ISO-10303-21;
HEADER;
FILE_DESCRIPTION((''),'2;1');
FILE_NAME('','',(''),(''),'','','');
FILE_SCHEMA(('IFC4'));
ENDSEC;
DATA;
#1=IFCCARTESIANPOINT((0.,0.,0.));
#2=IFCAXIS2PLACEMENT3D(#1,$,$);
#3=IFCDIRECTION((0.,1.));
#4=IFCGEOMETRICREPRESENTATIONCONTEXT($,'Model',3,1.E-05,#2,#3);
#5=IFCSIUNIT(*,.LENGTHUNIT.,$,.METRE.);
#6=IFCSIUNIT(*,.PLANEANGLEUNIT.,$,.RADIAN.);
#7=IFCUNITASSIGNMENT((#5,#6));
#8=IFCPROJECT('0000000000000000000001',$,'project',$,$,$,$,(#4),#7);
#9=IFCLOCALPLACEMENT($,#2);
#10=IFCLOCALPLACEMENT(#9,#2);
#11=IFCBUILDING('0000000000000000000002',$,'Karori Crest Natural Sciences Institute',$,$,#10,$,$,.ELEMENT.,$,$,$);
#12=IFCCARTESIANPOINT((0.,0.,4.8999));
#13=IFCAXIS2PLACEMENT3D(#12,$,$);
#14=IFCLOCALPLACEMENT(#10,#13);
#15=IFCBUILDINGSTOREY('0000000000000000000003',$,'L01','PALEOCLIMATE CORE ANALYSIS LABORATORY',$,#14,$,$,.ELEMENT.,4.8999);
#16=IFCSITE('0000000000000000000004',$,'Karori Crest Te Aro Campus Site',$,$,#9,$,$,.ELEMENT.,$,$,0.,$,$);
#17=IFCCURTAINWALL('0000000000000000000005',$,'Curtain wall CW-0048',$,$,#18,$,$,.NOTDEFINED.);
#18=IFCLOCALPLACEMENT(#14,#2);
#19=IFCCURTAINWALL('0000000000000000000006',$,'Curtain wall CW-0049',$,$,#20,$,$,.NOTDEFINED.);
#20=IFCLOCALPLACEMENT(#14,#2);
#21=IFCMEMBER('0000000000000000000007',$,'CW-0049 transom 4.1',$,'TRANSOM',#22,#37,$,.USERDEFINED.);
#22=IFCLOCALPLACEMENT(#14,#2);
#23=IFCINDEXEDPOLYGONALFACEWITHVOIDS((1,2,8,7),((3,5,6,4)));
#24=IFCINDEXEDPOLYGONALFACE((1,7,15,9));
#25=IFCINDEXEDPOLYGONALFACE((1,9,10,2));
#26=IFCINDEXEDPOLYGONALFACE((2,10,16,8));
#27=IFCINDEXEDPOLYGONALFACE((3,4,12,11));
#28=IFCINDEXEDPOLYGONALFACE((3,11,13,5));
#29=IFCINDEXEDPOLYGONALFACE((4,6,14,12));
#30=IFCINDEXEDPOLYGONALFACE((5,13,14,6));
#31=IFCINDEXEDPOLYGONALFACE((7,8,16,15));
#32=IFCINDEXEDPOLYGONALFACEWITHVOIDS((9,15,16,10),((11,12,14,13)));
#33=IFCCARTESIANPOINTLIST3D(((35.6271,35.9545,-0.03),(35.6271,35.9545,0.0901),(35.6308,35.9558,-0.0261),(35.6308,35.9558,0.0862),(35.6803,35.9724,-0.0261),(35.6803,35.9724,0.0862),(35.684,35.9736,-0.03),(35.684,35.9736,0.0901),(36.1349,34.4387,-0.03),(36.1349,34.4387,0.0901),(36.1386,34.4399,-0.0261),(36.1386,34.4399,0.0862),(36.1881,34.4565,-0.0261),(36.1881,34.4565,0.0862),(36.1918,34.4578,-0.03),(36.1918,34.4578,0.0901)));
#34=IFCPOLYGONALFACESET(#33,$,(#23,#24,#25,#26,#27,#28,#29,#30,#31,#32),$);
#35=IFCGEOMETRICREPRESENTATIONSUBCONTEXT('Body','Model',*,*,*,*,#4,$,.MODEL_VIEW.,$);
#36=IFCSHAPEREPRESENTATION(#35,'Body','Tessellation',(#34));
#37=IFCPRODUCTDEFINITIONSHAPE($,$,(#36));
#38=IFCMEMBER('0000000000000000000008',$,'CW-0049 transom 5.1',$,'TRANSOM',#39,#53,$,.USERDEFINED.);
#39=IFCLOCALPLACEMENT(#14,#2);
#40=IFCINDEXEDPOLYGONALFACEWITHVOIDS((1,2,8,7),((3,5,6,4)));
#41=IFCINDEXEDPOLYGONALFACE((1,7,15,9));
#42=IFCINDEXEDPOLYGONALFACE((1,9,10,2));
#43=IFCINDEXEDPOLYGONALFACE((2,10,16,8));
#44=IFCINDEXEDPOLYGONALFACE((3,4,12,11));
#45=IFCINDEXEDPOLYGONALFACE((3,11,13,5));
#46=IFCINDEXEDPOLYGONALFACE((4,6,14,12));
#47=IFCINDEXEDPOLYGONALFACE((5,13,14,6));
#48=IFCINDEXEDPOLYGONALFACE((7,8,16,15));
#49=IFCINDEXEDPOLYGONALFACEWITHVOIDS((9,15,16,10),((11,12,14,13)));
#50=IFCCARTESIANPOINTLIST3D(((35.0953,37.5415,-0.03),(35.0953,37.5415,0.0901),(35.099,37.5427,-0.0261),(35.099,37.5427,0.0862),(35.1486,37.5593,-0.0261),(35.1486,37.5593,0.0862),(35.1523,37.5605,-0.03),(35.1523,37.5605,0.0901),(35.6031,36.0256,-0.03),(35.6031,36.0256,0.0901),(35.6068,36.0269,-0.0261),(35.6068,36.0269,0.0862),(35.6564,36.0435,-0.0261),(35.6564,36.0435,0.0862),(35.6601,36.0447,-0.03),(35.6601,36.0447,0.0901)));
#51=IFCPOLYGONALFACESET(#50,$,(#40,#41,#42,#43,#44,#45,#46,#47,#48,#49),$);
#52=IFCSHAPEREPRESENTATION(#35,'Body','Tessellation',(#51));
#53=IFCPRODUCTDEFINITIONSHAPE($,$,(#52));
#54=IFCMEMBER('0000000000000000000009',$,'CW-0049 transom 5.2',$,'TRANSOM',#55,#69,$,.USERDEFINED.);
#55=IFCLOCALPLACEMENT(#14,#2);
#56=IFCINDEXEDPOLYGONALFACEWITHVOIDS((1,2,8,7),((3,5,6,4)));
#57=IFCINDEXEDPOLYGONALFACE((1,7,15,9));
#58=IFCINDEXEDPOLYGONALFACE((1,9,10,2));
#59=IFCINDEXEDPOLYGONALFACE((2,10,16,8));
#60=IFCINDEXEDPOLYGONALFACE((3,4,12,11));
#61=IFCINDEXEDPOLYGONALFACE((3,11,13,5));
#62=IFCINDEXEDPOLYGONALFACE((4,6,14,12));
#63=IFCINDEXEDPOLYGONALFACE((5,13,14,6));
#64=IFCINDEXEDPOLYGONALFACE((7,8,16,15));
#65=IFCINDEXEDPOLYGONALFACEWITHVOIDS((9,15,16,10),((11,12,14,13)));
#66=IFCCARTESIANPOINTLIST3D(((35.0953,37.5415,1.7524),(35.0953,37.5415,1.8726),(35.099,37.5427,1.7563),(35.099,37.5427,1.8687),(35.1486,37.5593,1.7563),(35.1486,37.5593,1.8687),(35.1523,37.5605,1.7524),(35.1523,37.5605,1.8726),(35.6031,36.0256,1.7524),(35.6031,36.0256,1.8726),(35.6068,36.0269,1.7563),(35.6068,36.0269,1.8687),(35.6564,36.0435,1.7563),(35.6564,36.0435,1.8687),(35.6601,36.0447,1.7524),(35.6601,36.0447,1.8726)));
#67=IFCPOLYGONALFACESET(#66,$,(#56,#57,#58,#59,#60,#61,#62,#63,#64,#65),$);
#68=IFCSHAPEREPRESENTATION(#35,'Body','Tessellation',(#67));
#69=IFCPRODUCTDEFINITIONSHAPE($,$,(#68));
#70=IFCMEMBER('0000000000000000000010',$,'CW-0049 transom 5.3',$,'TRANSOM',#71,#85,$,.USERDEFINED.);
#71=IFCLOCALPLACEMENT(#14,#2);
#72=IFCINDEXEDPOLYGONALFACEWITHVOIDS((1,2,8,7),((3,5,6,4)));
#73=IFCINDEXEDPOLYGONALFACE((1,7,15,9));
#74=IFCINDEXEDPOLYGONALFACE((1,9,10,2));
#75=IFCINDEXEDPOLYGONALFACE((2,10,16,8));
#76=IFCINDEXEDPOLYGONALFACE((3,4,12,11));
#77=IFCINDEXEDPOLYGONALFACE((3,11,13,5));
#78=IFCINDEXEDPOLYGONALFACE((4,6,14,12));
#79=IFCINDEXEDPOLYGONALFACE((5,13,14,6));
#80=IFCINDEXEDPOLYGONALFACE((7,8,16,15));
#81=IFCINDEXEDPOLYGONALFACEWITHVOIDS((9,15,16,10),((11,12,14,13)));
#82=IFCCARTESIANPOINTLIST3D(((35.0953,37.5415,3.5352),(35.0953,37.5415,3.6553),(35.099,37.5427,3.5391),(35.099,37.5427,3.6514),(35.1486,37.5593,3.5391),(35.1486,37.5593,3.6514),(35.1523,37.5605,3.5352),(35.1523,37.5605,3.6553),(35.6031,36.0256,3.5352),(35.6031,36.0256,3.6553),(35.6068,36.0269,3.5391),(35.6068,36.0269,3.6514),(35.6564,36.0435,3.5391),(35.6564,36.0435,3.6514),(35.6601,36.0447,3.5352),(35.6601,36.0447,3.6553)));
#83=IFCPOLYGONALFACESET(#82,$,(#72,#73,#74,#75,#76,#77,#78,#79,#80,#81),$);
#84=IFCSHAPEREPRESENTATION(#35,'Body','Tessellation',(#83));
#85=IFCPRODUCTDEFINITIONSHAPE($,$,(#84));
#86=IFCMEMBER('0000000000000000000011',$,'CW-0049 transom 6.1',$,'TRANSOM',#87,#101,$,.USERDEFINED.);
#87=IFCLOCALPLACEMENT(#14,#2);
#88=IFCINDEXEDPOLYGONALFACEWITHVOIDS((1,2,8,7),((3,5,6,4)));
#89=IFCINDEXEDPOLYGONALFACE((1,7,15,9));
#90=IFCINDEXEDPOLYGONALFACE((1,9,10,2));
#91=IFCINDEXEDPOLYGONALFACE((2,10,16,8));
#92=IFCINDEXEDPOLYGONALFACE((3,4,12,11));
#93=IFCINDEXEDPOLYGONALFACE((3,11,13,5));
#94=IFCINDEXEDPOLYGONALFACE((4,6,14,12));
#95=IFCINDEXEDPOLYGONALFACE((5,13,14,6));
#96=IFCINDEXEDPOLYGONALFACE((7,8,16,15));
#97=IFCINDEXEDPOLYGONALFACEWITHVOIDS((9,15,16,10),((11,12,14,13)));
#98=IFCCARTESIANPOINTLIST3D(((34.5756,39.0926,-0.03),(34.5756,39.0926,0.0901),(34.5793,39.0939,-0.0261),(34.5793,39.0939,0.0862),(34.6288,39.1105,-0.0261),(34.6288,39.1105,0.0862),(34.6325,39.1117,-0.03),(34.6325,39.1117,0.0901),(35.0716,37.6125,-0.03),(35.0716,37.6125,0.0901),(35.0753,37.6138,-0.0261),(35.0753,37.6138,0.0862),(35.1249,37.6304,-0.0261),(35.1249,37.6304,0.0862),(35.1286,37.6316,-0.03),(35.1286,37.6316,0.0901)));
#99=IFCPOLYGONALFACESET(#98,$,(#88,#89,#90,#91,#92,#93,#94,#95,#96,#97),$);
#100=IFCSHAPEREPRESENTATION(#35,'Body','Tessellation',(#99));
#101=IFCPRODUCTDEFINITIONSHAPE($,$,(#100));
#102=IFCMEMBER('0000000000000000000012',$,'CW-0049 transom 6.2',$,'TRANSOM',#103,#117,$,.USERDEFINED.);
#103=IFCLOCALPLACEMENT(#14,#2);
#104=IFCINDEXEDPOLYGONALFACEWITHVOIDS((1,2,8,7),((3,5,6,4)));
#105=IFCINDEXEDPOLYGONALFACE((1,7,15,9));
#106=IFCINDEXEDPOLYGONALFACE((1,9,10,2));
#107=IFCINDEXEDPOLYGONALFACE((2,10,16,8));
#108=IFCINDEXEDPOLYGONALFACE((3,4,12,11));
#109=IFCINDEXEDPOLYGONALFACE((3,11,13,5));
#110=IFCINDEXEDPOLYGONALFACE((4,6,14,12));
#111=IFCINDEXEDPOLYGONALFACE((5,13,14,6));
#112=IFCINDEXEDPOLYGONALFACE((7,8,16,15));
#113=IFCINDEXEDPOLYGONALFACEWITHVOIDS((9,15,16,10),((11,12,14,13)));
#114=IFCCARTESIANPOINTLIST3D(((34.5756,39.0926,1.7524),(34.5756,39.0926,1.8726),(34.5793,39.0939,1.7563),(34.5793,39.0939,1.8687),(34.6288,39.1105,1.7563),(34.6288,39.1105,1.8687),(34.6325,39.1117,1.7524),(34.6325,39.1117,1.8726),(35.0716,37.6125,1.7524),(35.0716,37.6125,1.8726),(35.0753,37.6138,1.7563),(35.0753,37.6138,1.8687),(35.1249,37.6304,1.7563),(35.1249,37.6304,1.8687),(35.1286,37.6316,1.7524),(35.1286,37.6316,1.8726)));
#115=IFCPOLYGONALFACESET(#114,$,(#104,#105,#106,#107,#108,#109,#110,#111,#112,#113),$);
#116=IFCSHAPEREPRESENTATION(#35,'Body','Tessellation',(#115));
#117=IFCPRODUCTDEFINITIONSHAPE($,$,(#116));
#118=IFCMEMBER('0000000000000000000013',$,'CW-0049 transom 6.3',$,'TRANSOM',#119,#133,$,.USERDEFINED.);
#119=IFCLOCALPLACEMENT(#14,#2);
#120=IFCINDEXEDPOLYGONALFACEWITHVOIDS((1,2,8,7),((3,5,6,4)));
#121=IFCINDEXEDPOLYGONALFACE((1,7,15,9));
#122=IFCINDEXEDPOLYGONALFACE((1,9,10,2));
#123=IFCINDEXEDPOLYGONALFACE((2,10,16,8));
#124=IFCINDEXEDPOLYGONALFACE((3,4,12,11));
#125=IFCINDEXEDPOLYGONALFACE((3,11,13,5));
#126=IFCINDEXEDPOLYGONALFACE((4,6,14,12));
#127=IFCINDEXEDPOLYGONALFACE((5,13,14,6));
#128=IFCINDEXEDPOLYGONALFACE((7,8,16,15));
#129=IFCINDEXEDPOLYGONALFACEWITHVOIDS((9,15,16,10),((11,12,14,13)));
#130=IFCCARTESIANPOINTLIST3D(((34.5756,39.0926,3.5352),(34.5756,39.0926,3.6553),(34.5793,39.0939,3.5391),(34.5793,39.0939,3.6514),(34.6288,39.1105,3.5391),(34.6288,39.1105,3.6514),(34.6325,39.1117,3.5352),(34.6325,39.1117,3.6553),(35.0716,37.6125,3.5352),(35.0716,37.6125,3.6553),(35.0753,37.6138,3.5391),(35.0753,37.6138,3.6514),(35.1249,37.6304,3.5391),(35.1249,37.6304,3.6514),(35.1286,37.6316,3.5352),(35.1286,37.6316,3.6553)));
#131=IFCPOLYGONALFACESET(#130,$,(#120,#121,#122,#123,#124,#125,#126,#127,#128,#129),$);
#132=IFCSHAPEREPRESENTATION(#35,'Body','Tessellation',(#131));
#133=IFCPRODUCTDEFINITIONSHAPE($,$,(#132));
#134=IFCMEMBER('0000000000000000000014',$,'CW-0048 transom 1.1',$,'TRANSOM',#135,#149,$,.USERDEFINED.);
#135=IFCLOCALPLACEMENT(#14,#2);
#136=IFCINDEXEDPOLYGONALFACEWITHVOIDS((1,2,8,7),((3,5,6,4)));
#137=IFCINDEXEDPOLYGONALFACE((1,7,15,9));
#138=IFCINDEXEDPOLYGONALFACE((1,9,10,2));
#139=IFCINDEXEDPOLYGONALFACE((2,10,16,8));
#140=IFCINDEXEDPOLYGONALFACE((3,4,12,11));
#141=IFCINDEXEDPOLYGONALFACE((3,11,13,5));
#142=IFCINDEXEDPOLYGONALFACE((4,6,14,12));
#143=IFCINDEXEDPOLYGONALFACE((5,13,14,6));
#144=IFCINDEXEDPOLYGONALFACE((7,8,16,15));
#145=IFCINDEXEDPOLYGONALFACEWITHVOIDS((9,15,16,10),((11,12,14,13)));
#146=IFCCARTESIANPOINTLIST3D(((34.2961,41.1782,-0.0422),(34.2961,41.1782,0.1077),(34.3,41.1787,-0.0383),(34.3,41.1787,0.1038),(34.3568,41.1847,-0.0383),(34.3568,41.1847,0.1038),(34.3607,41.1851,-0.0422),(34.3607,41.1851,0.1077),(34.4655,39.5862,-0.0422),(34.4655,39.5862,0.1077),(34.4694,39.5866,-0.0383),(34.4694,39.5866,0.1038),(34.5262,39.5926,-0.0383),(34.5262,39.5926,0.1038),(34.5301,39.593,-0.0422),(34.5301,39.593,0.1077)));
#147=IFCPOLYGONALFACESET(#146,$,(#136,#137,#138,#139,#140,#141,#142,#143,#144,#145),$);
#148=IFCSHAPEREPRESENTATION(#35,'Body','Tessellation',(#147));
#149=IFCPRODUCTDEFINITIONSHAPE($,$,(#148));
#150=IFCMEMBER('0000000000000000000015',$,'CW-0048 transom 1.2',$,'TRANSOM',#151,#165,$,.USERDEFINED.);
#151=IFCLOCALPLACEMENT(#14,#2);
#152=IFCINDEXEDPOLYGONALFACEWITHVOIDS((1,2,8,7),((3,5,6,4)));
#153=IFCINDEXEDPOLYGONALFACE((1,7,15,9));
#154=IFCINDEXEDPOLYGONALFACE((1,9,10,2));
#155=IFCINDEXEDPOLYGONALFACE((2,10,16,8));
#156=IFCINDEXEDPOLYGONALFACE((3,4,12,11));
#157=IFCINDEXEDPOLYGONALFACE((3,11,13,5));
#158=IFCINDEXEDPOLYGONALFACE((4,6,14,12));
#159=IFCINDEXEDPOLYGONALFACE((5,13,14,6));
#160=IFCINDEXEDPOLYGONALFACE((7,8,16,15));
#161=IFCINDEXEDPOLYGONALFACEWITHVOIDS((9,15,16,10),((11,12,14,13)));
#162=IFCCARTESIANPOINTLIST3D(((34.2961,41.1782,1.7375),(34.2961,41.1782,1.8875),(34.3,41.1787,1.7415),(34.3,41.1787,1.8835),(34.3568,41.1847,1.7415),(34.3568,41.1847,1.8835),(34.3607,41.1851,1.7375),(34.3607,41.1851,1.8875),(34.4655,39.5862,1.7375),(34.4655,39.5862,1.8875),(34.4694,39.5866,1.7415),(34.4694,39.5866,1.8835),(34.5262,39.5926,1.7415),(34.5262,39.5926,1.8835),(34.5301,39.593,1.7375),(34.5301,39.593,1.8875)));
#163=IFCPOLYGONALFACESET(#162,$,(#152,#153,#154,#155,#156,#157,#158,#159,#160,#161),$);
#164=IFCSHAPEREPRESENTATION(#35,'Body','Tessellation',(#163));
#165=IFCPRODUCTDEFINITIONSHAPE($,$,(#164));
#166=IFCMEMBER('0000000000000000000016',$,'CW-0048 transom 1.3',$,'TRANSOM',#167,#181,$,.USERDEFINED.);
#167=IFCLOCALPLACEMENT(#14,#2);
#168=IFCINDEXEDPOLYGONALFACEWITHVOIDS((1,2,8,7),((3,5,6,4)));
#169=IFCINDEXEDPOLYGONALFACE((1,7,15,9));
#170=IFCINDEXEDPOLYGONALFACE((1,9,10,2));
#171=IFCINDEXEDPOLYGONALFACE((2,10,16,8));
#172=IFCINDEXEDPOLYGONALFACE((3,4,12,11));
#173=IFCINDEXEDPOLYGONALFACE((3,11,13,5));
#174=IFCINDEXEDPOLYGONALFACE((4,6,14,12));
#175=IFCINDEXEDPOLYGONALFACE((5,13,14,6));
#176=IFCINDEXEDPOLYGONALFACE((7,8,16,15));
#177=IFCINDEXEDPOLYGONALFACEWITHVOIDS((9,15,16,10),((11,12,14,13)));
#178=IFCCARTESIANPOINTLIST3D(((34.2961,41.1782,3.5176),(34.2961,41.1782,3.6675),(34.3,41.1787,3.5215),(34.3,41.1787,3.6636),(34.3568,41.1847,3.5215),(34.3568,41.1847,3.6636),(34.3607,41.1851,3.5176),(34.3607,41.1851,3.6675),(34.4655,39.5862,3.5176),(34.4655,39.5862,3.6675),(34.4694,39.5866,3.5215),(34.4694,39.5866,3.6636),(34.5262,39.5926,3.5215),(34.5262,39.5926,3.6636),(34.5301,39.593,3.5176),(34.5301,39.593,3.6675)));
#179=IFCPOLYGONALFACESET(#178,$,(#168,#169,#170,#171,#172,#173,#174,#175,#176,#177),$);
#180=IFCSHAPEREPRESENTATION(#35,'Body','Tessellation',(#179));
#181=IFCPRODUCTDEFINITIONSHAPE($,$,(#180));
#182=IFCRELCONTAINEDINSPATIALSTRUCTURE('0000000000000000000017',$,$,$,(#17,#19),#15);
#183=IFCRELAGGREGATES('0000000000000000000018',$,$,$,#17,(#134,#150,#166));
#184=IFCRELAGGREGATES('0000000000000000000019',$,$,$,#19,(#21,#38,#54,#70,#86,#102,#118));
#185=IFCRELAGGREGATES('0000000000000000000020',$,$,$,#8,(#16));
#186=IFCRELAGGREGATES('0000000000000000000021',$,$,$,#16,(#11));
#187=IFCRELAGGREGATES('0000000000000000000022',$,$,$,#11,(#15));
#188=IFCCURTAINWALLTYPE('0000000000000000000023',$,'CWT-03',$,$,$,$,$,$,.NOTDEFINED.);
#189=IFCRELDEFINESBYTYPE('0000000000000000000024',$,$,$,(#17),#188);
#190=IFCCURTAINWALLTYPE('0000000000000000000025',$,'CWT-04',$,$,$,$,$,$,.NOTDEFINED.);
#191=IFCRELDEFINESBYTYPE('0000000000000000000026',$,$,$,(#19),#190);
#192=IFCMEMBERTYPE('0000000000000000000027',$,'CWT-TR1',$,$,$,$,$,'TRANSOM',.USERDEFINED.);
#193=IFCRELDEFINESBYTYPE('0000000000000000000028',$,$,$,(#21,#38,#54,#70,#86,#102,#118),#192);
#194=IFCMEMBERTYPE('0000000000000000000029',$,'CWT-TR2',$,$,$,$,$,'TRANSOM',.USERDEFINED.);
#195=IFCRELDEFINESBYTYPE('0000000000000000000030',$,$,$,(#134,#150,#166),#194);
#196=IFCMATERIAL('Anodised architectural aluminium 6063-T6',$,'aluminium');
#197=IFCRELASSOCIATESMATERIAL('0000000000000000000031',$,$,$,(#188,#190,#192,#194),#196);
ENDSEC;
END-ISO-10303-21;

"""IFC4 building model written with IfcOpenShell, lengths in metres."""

from ifc_helpers import new_model, si_unit, direction, frame, origin, origin_2d, place, context, subcontext, project, spatial, hollow_rectangle, extrude, material, material_profile, profile_set, type_object, element, aggregate, save


model = new_model("IFC4")

# Units and contexts
model_context = context("Model", 3, precision=1e-05, world=origin(), true_north=direction((0.0, 1.0)))
body_context = subcontext(model_context, "Body", "Model", "MODEL_VIEW")
ifc_project = project(units=[si_unit("LENGTHUNIT", "METRE"), si_unit("PLANEANGLEUNIT", "RADIAN")], contexts=[model_context])

# Site, building, storey
site_placement = place(None, origin())
site = spatial("IfcSite", under=ifc_project, at=site_placement, Name="Karori Crest Te Aro Campus Site", CompositionType="ELEMENT", RefElevation=0.0)
building_placement = place(site_placement, origin())
building = spatial("IfcBuilding", under=site, at=building_placement, Name="Karori Crest Natural Sciences Institute", CompositionType="ELEMENT")
storey_placement = place(building_placement, frame((0.0, 0.0, 4.8999)))
storey = spatial("IfcBuildingStorey", under=building, at=storey_placement, Name="L01", Description="PALEOCLIMATE CORE ANALYSIS LABORATORY", CompositionType="ELEMENT", Elevation=4.8999)

# Curtain walls, members
ifc_material_1 = material(Name="Anodised architectural aluminium 6063-T6", Category="aluminium")
curtain_wall_type_1 = type_object("IfcCurtainWallType", Name="CWT-03", PredefinedType="NOTDEFINED", material=ifc_material_1)
curtain_wall_1_placement = place(storey_placement, origin())
curtain_wall_1 = element("IfcCurtainWall", 1, at=curtain_wall_1_placement, inside=storey, type_object=curtain_wall_type_1, Name="Curtain wall CW-0048", PredefinedType="NOTDEFINED")
curtain_wall_type_2 = type_object("IfcCurtainWallType", Name="CWT-04", PredefinedType="NOTDEFINED", material=ifc_material_1)
curtain_wall_2_placement = place(storey_placement, origin())
curtain_wall_2 = element("IfcCurtainWall", 2, at=curtain_wall_2_placement, inside=storey, type_object=curtain_wall_type_2, Name="Curtain wall CW-0049", PredefinedType="NOTDEFINED")
ifc_material_profile_1 = material_profile(ifc_material_1, hollow_rectangle(XDim=0.0601, YDim=0.1201, WallThickness=0.0039, at=origin_2d()), Name="CWT120x60x4")
ifc_profile_set_1 = profile_set([ifc_material_profile_1], Name="Anodised architectural aluminium 6063-T6")
member_type_1 = type_object("IfcMemberType", Name="CWT-TR1", ElementType="TRANSOM", PredefinedType="USERDEFINED", material=ifc_profile_set_1)
member_1_placement = place(storey_placement, frame((36.1633, 34.4482, 0.03), z_axis=(-0.317648, 0.948209, 0.0), x_axis=(-0.948209, -0.317648, 0.0)))
member_1 = element("IfcMember", 3, at=member_1_placement, type_object=member_type_1, Name="CW-0049 transom 4.1", ObjectType="TRANSOM", PredefinedType="USERDEFINED", context=body_context, shape_type="SweptSolid", body=[
    extrude(hollow_rectangle(XDim=0.0601, YDim=0.1201, WallThickness=0.0039, at=origin_2d()), origin(), (0.0, 0.0, 1.0), 1.5986),
])
member_2_placement = place(storey_placement, frame((35.6316, 36.0352, 0.03), z_axis=(-0.317648, 0.948209, 0.0), x_axis=(-0.948209, -0.317648, 0.0)))
member_2 = element("IfcMember", 4, at=member_2_placement, type_object=member_type_1, Name="CW-0049 transom 5.1", ObjectType="TRANSOM", PredefinedType="USERDEFINED", context=body_context, shape_type="SweptSolid", body=[
    extrude(hollow_rectangle(XDim=0.0601, YDim=0.1201, WallThickness=0.0039, at=origin_2d()), origin(), (0.0, 0.0, 1.0), 1.5986),
])
member_3_placement = place(storey_placement, frame((35.6316, 36.0352, 1.8125), z_axis=(-0.317648, 0.948209, 0.0), x_axis=(-0.948209, -0.317648, 0.0)))
member_3 = element("IfcMember", 5, at=member_3_placement, type_object=member_type_1, Name="CW-0049 transom 5.2", ObjectType="TRANSOM", PredefinedType="USERDEFINED", context=body_context, shape_type="SweptSolid", body=[
    extrude(hollow_rectangle(XDim=0.0601, YDim=0.1201, WallThickness=0.0039, at=origin_2d()), origin(), (0.0, 0.0, 1.0), 1.5986),
])
member_4_placement = place(storey_placement, frame((35.6316, 36.0352, 3.5952), z_axis=(-0.317648, 0.948209, 0.0), x_axis=(-0.948209, -0.317648, 0.0)))
member_4 = element("IfcMember", 6, at=member_4_placement, type_object=member_type_1, Name="CW-0049 transom 5.3", ObjectType="TRANSOM", PredefinedType="USERDEFINED", context=body_context, shape_type="SweptSolid", body=[
    extrude(hollow_rectangle(XDim=0.0601, YDim=0.1201, WallThickness=0.0039, at=origin_2d()), origin(), (0.0, 0.0, 1.0), 1.5986),
])
member_5_placement = place(storey_placement, frame((35.1001, 37.6221, 0.03), z_axis=(-0.317776, 0.948166, 0.0), x_axis=(-0.948166, -0.317776, 0.0)))
member_5 = element("IfcMember", 7, at=member_5_placement, type_object=member_type_1, Name="CW-0049 transom 6.1", ObjectType="TRANSOM", PredefinedType="USERDEFINED", context=body_context, shape_type="SweptSolid", body=[
    extrude(hollow_rectangle(XDim=0.0601, YDim=0.1201, WallThickness=0.0039, at=origin_2d()), origin(), (0.0, 0.0, 1.0), 1.561),
])
member_6_placement = place(storey_placement, frame((35.1001, 37.6221, 1.8125), z_axis=(-0.317776, 0.948166, 0.0), x_axis=(-0.948166, -0.317776, 0.0)))
member_6 = element("IfcMember", 8, at=member_6_placement, type_object=member_type_1, Name="CW-0049 transom 6.2", ObjectType="TRANSOM", PredefinedType="USERDEFINED", context=body_context, shape_type="SweptSolid", body=[
    extrude(hollow_rectangle(XDim=0.0601, YDim=0.1201, WallThickness=0.0039, at=origin_2d()), origin(), (0.0, 0.0, 1.0), 1.561),
])
member_7_placement = place(storey_placement, frame((35.1001, 37.6221, 3.5952), z_axis=(-0.317776, 0.948166, 0.0), x_axis=(-0.948166, -0.317776, 0.0)))
member_7 = element("IfcMember", 9, at=member_7_placement, type_object=member_type_1, Name="CW-0049 transom 6.3", ObjectType="TRANSOM", PredefinedType="USERDEFINED", context=body_context, shape_type="SweptSolid", body=[
    extrude(hollow_rectangle(XDim=0.0601, YDim=0.1201, WallThickness=0.0039, at=origin_2d()), origin(), (0.0, 0.0, 1.0), 1.561),
])

# Members
ifc_material_profile_2 = material_profile(ifc_material_1, hollow_rectangle(XDim=0.0649, YDim=0.1499, WallThickness=0.0039, at=origin_2d()), Name="CWT150x65x4")
ifc_profile_set_2 = profile_set([ifc_material_profile_2], Name="Anodised architectural aluminium 6063-T6")
member_type_2 = type_object("IfcMemberType", Name="CWT-TR2", ElementType="TRANSOM", PredefinedType="USERDEFINED", material=ifc_profile_set_2)
member_8_placement = place(storey_placement, frame((34.4978, 39.5896, 0.0327), z_axis=(-0.105828, 0.994384, 0.0), x_axis=(-0.994384, -0.105828, 0.0)))
member_8 = element("IfcMember", 10, at=member_8_placement, type_object=member_type_2, Name="CW-0048 transom 1.1", ObjectType="TRANSOM", PredefinedType="USERDEFINED", context=body_context, shape_type="SweptSolid", body=[
    extrude(hollow_rectangle(XDim=0.0649, YDim=0.1499, WallThickness=0.0039, at=origin_2d()), origin(), (0.0, 0.0, 1.0), 1.6011),
])
member_9_placement = place(storey_placement, frame((34.4978, 39.5896, 1.8125), z_axis=(-0.105828, 0.994384, 0.0), x_axis=(-0.994384, -0.105828, 0.0)))
member_9 = element("IfcMember", 11, at=member_9_placement, type_object=member_type_2, Name="CW-0048 transom 1.2", ObjectType="TRANSOM", PredefinedType="USERDEFINED", context=body_context, shape_type="SweptSolid", body=[
    extrude(hollow_rectangle(XDim=0.0649, YDim=0.1499, WallThickness=0.0039, at=origin_2d()), origin(), (0.0, 0.0, 1.0), 1.6011),
])
member_10_placement = place(storey_placement, frame((34.4978, 39.5896, 3.5925), z_axis=(-0.105828, 0.994384, 0.0), x_axis=(-0.994384, -0.105828, 0.0)))
member_10 = element("IfcMember", 12, at=member_10_placement, type_object=member_type_2, Name="CW-0048 transom 1.3", ObjectType="TRANSOM", PredefinedType="USERDEFINED", context=body_context, shape_type="SweptSolid", body=[
    extrude(hollow_rectangle(XDim=0.0649, YDim=0.1499, WallThickness=0.0039, at=origin_2d()), origin(), (0.0, 0.0, 1.0), 1.6011),
])

aggregate(curtain_wall_1, [member_8, member_9, member_10])
aggregate(curtain_wall_2, [member_1, member_2, member_3, member_4, member_5, member_6, member_7])

save(model, "model.ifc")
